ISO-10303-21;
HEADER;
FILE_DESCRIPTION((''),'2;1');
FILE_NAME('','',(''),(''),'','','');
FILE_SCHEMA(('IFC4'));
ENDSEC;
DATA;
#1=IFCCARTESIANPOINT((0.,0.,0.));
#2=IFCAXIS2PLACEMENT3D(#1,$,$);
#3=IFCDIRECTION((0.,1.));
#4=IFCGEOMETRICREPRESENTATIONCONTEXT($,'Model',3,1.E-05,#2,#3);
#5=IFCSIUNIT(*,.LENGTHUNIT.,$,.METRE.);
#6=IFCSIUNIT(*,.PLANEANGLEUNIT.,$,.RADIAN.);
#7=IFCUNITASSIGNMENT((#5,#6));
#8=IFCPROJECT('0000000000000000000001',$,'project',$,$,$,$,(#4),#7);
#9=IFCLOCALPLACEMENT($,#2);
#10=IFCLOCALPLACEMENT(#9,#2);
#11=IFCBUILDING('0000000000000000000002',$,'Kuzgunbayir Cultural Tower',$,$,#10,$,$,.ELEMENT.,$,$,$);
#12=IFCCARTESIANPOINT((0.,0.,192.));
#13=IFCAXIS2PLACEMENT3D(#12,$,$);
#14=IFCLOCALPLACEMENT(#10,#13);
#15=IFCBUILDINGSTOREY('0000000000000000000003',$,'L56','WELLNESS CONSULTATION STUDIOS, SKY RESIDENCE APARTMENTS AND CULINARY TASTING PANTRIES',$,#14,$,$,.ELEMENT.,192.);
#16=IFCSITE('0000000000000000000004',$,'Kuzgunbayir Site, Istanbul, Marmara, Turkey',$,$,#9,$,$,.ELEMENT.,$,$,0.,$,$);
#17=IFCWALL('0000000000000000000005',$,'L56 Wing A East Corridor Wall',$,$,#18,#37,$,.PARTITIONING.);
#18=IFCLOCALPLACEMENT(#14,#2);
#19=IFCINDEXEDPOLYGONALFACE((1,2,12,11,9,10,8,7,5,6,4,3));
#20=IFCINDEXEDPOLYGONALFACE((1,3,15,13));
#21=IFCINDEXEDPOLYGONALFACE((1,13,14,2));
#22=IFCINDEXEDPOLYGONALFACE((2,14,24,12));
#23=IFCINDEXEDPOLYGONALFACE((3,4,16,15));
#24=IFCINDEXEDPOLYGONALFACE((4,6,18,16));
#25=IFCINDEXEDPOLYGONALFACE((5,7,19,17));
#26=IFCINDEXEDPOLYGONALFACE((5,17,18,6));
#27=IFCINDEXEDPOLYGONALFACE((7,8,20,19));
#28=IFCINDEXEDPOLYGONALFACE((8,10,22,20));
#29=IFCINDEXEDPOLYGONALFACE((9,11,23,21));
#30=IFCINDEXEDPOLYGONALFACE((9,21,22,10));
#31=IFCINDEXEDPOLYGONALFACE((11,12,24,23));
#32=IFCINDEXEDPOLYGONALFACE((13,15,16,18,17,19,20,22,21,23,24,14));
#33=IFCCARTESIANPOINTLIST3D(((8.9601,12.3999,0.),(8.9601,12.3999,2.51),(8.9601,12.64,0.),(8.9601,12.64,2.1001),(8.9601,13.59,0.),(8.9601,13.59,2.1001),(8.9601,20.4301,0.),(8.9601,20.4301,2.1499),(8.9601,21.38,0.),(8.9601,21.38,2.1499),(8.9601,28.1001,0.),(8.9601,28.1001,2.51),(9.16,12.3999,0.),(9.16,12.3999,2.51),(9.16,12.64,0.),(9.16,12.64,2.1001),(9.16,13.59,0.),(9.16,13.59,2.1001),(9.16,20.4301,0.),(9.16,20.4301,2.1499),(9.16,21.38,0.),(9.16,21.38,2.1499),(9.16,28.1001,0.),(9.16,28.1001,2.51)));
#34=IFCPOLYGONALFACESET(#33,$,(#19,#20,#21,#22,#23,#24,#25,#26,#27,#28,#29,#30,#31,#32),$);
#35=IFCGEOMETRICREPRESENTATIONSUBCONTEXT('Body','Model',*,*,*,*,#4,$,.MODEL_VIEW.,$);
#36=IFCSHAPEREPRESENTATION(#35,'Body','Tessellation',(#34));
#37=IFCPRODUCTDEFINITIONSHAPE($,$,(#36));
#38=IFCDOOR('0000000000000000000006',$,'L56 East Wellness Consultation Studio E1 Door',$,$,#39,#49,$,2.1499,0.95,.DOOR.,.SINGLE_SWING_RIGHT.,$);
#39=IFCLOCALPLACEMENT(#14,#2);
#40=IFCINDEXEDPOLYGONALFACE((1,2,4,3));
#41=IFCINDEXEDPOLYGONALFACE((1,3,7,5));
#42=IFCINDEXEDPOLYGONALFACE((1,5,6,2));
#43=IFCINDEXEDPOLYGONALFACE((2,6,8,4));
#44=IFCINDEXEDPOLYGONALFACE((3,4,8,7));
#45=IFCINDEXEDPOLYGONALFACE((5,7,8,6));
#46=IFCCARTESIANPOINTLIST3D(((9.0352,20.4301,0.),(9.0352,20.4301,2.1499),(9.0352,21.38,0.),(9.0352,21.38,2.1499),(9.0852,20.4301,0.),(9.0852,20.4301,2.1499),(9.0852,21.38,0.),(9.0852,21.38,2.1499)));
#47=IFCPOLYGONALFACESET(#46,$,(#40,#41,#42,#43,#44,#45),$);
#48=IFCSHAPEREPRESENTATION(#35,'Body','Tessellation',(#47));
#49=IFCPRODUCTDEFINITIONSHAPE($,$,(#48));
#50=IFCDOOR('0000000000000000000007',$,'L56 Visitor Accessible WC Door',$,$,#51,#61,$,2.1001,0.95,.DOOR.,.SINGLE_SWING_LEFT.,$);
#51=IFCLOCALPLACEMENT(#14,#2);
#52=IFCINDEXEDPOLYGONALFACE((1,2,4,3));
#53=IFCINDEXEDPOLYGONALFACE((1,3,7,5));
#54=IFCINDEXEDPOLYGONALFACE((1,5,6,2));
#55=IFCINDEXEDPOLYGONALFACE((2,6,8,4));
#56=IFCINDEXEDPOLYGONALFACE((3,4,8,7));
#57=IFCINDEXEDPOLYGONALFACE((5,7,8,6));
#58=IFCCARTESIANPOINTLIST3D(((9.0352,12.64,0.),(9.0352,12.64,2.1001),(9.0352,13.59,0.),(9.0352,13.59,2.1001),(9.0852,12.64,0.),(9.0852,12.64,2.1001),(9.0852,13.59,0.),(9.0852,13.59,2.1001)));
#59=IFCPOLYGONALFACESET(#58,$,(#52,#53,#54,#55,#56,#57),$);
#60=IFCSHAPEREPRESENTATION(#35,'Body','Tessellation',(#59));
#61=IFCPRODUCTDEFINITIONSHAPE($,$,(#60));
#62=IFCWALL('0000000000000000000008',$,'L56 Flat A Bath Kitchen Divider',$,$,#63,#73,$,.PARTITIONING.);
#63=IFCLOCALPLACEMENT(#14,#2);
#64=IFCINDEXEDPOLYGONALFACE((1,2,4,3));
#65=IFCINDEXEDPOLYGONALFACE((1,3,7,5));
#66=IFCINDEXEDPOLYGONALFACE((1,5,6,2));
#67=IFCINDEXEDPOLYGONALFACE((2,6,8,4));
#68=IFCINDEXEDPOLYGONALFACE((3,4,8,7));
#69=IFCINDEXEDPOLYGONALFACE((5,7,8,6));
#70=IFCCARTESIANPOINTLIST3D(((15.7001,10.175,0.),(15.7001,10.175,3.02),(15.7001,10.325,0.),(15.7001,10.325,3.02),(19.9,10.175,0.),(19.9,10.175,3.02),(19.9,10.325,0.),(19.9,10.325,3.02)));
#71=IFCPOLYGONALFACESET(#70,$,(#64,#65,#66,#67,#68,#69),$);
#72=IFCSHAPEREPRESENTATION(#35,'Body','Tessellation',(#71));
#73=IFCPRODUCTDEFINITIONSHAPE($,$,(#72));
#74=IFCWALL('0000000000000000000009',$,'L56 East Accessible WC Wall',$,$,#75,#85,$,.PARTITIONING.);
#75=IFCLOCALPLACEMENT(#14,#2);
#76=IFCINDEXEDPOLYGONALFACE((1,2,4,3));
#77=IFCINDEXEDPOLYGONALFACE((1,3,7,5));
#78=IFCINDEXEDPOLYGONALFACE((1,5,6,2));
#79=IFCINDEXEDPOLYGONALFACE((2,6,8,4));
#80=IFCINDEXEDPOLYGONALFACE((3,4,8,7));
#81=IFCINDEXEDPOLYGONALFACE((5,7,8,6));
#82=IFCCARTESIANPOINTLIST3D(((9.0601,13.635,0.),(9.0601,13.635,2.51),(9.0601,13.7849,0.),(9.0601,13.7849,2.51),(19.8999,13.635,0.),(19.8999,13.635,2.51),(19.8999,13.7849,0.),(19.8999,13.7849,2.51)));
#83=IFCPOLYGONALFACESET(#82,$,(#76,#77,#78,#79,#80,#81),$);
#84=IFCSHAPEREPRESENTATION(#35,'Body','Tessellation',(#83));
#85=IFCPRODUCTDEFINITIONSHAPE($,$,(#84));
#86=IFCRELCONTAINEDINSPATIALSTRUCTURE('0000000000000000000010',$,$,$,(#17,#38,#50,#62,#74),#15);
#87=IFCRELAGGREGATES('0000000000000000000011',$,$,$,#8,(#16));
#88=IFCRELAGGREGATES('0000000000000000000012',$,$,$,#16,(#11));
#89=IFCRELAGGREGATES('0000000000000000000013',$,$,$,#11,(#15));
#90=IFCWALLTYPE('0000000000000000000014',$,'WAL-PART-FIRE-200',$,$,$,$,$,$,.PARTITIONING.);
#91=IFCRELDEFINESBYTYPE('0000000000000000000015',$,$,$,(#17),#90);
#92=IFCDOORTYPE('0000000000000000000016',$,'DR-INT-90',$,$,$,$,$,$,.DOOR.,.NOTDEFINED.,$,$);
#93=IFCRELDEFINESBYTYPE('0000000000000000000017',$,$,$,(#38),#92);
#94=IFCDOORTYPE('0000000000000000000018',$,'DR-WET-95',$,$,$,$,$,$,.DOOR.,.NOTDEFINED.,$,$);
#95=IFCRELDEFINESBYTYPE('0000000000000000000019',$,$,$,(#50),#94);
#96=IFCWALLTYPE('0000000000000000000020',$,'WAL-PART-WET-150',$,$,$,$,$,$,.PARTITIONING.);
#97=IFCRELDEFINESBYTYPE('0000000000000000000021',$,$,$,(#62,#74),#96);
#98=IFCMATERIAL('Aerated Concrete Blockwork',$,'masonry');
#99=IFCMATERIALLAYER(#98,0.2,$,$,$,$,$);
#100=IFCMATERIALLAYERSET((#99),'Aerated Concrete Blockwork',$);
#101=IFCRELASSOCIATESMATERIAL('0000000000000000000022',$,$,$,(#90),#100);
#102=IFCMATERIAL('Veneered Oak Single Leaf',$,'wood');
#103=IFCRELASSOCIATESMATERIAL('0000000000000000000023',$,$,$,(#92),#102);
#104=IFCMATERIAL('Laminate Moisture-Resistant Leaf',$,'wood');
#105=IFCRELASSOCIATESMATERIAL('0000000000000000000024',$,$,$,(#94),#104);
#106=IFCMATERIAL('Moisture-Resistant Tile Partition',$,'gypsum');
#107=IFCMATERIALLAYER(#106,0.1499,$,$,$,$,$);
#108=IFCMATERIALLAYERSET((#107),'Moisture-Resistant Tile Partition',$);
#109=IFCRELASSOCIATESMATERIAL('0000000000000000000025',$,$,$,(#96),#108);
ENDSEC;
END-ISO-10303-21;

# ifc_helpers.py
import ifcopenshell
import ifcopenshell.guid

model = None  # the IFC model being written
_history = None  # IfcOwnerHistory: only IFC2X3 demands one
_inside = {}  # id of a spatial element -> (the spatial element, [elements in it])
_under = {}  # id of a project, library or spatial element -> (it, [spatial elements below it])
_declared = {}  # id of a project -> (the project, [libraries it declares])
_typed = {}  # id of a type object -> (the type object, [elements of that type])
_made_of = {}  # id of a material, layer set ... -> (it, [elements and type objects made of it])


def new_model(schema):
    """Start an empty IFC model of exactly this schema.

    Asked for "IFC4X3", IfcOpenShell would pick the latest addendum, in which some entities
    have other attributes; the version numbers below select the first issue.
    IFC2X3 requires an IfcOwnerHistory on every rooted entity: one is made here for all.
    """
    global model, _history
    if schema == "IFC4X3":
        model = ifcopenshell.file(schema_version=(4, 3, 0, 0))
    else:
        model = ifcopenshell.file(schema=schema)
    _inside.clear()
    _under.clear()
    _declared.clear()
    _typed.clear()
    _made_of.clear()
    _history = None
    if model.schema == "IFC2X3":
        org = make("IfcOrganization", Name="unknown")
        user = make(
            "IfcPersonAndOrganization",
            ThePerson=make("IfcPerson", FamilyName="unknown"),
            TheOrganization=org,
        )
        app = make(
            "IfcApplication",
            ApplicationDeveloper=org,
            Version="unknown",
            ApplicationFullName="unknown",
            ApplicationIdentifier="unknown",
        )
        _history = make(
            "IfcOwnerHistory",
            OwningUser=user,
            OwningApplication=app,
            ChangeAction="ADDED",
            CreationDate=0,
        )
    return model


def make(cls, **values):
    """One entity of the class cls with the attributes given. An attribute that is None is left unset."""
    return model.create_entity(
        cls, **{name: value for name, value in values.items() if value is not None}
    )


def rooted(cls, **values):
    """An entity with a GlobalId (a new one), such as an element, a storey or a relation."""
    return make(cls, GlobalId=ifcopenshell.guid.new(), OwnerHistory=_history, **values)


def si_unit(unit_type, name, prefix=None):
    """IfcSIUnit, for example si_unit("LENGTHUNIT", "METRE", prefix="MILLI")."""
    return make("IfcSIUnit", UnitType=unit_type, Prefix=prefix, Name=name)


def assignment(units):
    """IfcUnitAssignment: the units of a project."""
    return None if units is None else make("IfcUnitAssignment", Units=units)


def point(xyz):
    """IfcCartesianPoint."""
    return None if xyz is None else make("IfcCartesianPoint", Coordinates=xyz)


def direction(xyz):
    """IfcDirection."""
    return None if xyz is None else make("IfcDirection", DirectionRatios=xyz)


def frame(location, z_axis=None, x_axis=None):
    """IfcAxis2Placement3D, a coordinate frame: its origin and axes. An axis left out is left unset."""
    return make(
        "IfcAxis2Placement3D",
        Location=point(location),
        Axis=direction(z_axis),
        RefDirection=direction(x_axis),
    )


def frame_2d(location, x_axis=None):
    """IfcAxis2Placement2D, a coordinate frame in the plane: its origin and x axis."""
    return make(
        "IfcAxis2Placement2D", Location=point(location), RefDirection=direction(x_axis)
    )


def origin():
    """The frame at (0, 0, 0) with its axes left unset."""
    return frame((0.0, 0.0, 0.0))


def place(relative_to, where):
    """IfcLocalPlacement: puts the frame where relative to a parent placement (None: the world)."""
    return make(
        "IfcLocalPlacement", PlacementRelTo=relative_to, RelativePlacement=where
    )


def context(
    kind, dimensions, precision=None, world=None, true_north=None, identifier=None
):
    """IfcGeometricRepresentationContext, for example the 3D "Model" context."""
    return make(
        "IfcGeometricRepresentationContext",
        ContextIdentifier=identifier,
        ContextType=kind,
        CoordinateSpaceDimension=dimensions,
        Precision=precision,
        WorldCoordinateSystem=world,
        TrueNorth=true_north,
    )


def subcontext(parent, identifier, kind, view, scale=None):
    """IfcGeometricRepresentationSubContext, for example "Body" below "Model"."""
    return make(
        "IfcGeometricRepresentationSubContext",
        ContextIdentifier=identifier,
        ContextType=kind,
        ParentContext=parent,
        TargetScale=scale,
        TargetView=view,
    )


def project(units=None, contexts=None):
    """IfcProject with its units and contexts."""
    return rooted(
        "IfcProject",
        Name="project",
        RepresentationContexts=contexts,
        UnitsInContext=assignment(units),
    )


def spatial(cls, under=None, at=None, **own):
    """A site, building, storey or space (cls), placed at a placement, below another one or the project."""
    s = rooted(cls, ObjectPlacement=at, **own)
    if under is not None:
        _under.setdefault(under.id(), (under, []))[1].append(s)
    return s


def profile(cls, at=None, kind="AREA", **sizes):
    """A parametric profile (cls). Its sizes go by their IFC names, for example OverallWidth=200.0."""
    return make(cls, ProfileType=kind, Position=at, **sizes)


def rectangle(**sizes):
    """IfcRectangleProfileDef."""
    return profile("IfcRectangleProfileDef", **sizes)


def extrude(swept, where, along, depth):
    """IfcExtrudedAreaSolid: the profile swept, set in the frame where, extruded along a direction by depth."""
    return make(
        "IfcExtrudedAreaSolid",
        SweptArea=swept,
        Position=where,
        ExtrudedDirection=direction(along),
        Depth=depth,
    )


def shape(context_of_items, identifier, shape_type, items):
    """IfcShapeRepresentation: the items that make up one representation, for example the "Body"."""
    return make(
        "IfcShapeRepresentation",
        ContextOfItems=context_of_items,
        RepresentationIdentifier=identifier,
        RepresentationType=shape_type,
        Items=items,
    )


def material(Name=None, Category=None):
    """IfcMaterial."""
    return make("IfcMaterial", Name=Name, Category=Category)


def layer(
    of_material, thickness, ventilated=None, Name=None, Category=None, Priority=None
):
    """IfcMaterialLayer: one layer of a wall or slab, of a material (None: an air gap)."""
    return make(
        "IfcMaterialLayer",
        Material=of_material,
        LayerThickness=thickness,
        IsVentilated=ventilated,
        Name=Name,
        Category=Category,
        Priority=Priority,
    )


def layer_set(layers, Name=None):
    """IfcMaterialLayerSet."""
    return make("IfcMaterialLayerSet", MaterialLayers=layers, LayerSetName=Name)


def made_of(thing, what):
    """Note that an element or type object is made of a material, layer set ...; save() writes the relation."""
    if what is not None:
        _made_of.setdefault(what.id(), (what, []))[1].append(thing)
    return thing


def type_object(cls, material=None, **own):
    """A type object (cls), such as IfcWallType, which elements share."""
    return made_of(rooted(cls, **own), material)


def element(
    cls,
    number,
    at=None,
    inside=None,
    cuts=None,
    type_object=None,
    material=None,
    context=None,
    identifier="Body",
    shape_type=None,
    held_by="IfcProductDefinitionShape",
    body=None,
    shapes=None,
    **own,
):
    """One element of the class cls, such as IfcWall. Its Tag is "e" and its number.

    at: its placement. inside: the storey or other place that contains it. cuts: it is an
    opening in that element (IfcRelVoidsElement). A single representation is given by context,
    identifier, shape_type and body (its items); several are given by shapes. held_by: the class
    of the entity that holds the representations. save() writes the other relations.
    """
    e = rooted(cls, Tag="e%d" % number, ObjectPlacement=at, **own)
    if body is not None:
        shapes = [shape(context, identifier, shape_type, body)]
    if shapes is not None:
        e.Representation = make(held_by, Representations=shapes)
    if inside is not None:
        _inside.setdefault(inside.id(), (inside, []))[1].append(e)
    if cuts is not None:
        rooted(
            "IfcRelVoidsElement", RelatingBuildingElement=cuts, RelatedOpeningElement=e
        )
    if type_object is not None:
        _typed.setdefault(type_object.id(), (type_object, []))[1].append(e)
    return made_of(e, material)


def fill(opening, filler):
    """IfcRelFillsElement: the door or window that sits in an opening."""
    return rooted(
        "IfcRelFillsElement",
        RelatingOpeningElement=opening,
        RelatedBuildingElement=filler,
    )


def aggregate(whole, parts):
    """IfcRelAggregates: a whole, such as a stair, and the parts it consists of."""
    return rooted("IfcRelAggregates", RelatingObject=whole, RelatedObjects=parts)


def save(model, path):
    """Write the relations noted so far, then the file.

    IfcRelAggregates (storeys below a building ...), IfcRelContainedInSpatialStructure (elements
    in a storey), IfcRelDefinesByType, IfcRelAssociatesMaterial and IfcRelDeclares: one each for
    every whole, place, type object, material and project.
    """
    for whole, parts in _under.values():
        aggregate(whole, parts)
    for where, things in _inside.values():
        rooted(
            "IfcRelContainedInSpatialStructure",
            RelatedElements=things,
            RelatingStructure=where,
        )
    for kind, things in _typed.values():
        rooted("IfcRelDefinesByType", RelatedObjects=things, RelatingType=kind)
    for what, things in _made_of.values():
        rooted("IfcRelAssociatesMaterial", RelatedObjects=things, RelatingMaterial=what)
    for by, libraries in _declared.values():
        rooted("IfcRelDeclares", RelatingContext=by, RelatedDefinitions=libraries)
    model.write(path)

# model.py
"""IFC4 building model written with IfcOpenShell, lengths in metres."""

from ifc_helpers import new_model, si_unit, direction, frame, frame_2d, origin, place, context, subcontext, project, spatial, rectangle, extrude, material, layer, layer_set, type_object, element, fill, save


model = new_model("IFC4")

# Units and contexts
model_context = context("Model", 3, precision=1e-05, world=origin(), true_north=direction((0.0, 1.0)))
body_context = subcontext(model_context, "Body", "Model", "MODEL_VIEW")
ifc_project = project(units=[si_unit("LENGTHUNIT", "METRE"), si_unit("PLANEANGLEUNIT", "RADIAN")], contexts=[model_context])

# Site, building, storey
site_placement = place(None, origin())
site = spatial("IfcSite", under=ifc_project, at=site_placement, Name="Kuzgunbayir Site, Istanbul, Marmara, Turkey", CompositionType="ELEMENT", RefElevation=0.0)
building_placement = place(site_placement, origin())
building = spatial("IfcBuilding", under=site, at=building_placement, Name="Kuzgunbayir Cultural Tower", CompositionType="ELEMENT")
storey_placement = place(building_placement, frame((0.0, 0.0, 192.0)))
storey = spatial("IfcBuildingStorey", under=building, at=storey_placement, Name="L56", Description="WELLNESS CONSULTATION STUDIOS, SKY RESIDENCE APARTMENTS AND CULINARY TASTING PANTRIES", CompositionType="ELEMENT", Elevation=192.0)

# Wall, openings, doors
ifc_material_1 = material(Name="Aerated Concrete Blockwork", Category="masonry")
ifc_layer_1 = layer(ifc_material_1, 0.2)
ifc_layer_set_1 = layer_set([ifc_layer_1], Name="Aerated Concrete Blockwork")
wall_type_1 = type_object("IfcWallType", Name="WAL-PART-FIRE-200", PredefinedType="PARTITIONING", material=ifc_layer_set_1)
ifc_material_2 = material(Name="Veneered Oak Single Leaf", Category="wood")
door_type_1 = type_object("IfcDoorType", Name="DR-INT-90", OperationType="NOTDEFINED", PredefinedType="DOOR", material=ifc_material_2)
wall_1_placement = place(storey_placement, frame((9.0601, 12.3999, 0.0), z_axis=(0.0, 0.0, 1.0), x_axis=(0.0, 1.0, 0.0)))
wall_1 = element("IfcWall", 1, at=wall_1_placement, inside=storey, type_object=wall_type_1, Name="L56 Wing A East Corridor Wall", PredefinedType="PARTITIONING", context=body_context, shape_type="SweptSolid", body=[
    extrude(rectangle(XDim=15.7002, YDim=0.2, at=frame_2d((7.8501, 0.0))), origin(), (0.0, 0.0, 1.0), 2.51),
])
opening_1_placement = place(wall_1_placement, frame((0.24, 0.0, 0.0)))
opening_1 = element("IfcOpeningElement", 2, at=opening_1_placement, cuts=wall_1, PredefinedType="OPENING", context=body_context, shape_type="SweptSolid", body=[
    extrude(rectangle(XDim=0.95, YDim=2.1001, at=frame_2d((0.4751, 1.05))), frame((0.0, 0.1099, 0.0), z_axis=(0.0, -1.0, 0.0), x_axis=(1.0, 0.0, 0.0)), (0.0, 0.0, 1.0), 0.22),
])
opening_2_placement = place(wall_1_placement, frame((8.03, 0.0, 0.0)))
opening_2 = element("IfcOpeningElement", 3, at=opening_2_placement, cuts=wall_1, PredefinedType="OPENING", context=body_context, shape_type="SweptSolid", body=[
    extrude(rectangle(XDim=0.95, YDim=2.1499, at=frame_2d((0.4751, 1.075))), frame((0.0, 0.1099, 0.0), z_axis=(0.0, -1.0, 0.0), x_axis=(1.0, 0.0, 0.0)), (0.0, 0.0, 1.0), 0.22),
])
door_1_placement = place(opening_2_placement, origin())
door_1 = element("IfcDoor", 4, at=door_1_placement, inside=storey, type_object=door_type_1, Name="L56 East Wellness Consultation Studio E1 Door", OperationType="SINGLE_SWING_RIGHT", OverallHeight=2.1499, OverallWidth=0.95, PredefinedType="DOOR", context=body_context, shape_type="SweptSolid", body=[
    extrude(rectangle(XDim=0.95, YDim=2.1499, at=frame_2d((0.4751, 1.075))), frame((0.0, 0.0249, 0.0), z_axis=(0.0, -1.0, 0.0), x_axis=(1.0, 0.0, 0.0)), (0.0, 0.0, 1.0), 0.05),
])
fill(opening_2, door_1)
ifc_material_3 = material(Name="Laminate Moisture-Resistant Leaf", Category="wood")
door_type_2 = type_object("IfcDoorType", Name="DR-WET-95", OperationType="NOTDEFINED", PredefinedType="DOOR", material=ifc_material_3)
door_2_placement = place(opening_1_placement, origin())
door_2 = element("IfcDoor", 5, at=door_2_placement, inside=storey, type_object=door_type_2, Name="L56 Visitor Accessible WC Door", OperationType="SINGLE_SWING_LEFT", OverallHeight=2.1001, OverallWidth=0.95, PredefinedType="DOOR", context=body_context, shape_type="SweptSolid", body=[
    extrude(rectangle(XDim=0.95, YDim=2.1001, at=frame_2d((0.4751, 1.05))), frame((0.0, 0.0249, 0.0), z_axis=(0.0, -1.0, 0.0), x_axis=(1.0, 0.0, 0.0)), (0.0, 0.0, 1.0), 0.05),
])
fill(opening_1, door_2)
ifc_material_4 = material(Name="Moisture-Resistant Tile Partition", Category="gypsum")
ifc_layer_2 = layer(ifc_material_4, 0.1499)
ifc_layer_set_2 = layer_set([ifc_layer_2], Name="Moisture-Resistant Tile Partition")
wall_type_2 = type_object("IfcWallType", Name="WAL-PART-WET-150", PredefinedType="PARTITIONING", material=ifc_layer_set_2)

# Walls
wall_2_placement = place(storey_placement, frame((15.7, 10.25, 0.0), z_axis=(0.0, 0.0, 1.0), x_axis=(1.0, 0.0, 0.0)))
element("IfcWall", 6, at=wall_2_placement, inside=storey, type_object=wall_type_2, Name="L56 Flat A Bath Kitchen Divider", PredefinedType="PARTITIONING", context=body_context, shape_type="SweptSolid", body=[
    extrude(rectangle(XDim=4.2, YDim=0.1499, at=frame_2d((2.1001, 0.0))), origin(), (0.0, 0.0, 1.0), 3.02),
])
wall_3_placement = place(storey_placement, frame((9.0601, 13.71, 0.0), z_axis=(0.0, 0.0, 1.0), x_axis=(1.0, 0.0, 0.0)))
element("IfcWall", 7, at=wall_3_placement, inside=storey, type_object=wall_type_2, Name="L56 East Accessible WC Wall", PredefinedType="PARTITIONING", context=body_context, shape_type="SweptSolid", body=[
    extrude(rectangle(XDim=10.8398, YDim=0.1499, at=frame_2d((5.4199, 0.0))), origin(), (0.0, 0.0, 1.0), 2.51),
])

save(model, "model.ifc")
